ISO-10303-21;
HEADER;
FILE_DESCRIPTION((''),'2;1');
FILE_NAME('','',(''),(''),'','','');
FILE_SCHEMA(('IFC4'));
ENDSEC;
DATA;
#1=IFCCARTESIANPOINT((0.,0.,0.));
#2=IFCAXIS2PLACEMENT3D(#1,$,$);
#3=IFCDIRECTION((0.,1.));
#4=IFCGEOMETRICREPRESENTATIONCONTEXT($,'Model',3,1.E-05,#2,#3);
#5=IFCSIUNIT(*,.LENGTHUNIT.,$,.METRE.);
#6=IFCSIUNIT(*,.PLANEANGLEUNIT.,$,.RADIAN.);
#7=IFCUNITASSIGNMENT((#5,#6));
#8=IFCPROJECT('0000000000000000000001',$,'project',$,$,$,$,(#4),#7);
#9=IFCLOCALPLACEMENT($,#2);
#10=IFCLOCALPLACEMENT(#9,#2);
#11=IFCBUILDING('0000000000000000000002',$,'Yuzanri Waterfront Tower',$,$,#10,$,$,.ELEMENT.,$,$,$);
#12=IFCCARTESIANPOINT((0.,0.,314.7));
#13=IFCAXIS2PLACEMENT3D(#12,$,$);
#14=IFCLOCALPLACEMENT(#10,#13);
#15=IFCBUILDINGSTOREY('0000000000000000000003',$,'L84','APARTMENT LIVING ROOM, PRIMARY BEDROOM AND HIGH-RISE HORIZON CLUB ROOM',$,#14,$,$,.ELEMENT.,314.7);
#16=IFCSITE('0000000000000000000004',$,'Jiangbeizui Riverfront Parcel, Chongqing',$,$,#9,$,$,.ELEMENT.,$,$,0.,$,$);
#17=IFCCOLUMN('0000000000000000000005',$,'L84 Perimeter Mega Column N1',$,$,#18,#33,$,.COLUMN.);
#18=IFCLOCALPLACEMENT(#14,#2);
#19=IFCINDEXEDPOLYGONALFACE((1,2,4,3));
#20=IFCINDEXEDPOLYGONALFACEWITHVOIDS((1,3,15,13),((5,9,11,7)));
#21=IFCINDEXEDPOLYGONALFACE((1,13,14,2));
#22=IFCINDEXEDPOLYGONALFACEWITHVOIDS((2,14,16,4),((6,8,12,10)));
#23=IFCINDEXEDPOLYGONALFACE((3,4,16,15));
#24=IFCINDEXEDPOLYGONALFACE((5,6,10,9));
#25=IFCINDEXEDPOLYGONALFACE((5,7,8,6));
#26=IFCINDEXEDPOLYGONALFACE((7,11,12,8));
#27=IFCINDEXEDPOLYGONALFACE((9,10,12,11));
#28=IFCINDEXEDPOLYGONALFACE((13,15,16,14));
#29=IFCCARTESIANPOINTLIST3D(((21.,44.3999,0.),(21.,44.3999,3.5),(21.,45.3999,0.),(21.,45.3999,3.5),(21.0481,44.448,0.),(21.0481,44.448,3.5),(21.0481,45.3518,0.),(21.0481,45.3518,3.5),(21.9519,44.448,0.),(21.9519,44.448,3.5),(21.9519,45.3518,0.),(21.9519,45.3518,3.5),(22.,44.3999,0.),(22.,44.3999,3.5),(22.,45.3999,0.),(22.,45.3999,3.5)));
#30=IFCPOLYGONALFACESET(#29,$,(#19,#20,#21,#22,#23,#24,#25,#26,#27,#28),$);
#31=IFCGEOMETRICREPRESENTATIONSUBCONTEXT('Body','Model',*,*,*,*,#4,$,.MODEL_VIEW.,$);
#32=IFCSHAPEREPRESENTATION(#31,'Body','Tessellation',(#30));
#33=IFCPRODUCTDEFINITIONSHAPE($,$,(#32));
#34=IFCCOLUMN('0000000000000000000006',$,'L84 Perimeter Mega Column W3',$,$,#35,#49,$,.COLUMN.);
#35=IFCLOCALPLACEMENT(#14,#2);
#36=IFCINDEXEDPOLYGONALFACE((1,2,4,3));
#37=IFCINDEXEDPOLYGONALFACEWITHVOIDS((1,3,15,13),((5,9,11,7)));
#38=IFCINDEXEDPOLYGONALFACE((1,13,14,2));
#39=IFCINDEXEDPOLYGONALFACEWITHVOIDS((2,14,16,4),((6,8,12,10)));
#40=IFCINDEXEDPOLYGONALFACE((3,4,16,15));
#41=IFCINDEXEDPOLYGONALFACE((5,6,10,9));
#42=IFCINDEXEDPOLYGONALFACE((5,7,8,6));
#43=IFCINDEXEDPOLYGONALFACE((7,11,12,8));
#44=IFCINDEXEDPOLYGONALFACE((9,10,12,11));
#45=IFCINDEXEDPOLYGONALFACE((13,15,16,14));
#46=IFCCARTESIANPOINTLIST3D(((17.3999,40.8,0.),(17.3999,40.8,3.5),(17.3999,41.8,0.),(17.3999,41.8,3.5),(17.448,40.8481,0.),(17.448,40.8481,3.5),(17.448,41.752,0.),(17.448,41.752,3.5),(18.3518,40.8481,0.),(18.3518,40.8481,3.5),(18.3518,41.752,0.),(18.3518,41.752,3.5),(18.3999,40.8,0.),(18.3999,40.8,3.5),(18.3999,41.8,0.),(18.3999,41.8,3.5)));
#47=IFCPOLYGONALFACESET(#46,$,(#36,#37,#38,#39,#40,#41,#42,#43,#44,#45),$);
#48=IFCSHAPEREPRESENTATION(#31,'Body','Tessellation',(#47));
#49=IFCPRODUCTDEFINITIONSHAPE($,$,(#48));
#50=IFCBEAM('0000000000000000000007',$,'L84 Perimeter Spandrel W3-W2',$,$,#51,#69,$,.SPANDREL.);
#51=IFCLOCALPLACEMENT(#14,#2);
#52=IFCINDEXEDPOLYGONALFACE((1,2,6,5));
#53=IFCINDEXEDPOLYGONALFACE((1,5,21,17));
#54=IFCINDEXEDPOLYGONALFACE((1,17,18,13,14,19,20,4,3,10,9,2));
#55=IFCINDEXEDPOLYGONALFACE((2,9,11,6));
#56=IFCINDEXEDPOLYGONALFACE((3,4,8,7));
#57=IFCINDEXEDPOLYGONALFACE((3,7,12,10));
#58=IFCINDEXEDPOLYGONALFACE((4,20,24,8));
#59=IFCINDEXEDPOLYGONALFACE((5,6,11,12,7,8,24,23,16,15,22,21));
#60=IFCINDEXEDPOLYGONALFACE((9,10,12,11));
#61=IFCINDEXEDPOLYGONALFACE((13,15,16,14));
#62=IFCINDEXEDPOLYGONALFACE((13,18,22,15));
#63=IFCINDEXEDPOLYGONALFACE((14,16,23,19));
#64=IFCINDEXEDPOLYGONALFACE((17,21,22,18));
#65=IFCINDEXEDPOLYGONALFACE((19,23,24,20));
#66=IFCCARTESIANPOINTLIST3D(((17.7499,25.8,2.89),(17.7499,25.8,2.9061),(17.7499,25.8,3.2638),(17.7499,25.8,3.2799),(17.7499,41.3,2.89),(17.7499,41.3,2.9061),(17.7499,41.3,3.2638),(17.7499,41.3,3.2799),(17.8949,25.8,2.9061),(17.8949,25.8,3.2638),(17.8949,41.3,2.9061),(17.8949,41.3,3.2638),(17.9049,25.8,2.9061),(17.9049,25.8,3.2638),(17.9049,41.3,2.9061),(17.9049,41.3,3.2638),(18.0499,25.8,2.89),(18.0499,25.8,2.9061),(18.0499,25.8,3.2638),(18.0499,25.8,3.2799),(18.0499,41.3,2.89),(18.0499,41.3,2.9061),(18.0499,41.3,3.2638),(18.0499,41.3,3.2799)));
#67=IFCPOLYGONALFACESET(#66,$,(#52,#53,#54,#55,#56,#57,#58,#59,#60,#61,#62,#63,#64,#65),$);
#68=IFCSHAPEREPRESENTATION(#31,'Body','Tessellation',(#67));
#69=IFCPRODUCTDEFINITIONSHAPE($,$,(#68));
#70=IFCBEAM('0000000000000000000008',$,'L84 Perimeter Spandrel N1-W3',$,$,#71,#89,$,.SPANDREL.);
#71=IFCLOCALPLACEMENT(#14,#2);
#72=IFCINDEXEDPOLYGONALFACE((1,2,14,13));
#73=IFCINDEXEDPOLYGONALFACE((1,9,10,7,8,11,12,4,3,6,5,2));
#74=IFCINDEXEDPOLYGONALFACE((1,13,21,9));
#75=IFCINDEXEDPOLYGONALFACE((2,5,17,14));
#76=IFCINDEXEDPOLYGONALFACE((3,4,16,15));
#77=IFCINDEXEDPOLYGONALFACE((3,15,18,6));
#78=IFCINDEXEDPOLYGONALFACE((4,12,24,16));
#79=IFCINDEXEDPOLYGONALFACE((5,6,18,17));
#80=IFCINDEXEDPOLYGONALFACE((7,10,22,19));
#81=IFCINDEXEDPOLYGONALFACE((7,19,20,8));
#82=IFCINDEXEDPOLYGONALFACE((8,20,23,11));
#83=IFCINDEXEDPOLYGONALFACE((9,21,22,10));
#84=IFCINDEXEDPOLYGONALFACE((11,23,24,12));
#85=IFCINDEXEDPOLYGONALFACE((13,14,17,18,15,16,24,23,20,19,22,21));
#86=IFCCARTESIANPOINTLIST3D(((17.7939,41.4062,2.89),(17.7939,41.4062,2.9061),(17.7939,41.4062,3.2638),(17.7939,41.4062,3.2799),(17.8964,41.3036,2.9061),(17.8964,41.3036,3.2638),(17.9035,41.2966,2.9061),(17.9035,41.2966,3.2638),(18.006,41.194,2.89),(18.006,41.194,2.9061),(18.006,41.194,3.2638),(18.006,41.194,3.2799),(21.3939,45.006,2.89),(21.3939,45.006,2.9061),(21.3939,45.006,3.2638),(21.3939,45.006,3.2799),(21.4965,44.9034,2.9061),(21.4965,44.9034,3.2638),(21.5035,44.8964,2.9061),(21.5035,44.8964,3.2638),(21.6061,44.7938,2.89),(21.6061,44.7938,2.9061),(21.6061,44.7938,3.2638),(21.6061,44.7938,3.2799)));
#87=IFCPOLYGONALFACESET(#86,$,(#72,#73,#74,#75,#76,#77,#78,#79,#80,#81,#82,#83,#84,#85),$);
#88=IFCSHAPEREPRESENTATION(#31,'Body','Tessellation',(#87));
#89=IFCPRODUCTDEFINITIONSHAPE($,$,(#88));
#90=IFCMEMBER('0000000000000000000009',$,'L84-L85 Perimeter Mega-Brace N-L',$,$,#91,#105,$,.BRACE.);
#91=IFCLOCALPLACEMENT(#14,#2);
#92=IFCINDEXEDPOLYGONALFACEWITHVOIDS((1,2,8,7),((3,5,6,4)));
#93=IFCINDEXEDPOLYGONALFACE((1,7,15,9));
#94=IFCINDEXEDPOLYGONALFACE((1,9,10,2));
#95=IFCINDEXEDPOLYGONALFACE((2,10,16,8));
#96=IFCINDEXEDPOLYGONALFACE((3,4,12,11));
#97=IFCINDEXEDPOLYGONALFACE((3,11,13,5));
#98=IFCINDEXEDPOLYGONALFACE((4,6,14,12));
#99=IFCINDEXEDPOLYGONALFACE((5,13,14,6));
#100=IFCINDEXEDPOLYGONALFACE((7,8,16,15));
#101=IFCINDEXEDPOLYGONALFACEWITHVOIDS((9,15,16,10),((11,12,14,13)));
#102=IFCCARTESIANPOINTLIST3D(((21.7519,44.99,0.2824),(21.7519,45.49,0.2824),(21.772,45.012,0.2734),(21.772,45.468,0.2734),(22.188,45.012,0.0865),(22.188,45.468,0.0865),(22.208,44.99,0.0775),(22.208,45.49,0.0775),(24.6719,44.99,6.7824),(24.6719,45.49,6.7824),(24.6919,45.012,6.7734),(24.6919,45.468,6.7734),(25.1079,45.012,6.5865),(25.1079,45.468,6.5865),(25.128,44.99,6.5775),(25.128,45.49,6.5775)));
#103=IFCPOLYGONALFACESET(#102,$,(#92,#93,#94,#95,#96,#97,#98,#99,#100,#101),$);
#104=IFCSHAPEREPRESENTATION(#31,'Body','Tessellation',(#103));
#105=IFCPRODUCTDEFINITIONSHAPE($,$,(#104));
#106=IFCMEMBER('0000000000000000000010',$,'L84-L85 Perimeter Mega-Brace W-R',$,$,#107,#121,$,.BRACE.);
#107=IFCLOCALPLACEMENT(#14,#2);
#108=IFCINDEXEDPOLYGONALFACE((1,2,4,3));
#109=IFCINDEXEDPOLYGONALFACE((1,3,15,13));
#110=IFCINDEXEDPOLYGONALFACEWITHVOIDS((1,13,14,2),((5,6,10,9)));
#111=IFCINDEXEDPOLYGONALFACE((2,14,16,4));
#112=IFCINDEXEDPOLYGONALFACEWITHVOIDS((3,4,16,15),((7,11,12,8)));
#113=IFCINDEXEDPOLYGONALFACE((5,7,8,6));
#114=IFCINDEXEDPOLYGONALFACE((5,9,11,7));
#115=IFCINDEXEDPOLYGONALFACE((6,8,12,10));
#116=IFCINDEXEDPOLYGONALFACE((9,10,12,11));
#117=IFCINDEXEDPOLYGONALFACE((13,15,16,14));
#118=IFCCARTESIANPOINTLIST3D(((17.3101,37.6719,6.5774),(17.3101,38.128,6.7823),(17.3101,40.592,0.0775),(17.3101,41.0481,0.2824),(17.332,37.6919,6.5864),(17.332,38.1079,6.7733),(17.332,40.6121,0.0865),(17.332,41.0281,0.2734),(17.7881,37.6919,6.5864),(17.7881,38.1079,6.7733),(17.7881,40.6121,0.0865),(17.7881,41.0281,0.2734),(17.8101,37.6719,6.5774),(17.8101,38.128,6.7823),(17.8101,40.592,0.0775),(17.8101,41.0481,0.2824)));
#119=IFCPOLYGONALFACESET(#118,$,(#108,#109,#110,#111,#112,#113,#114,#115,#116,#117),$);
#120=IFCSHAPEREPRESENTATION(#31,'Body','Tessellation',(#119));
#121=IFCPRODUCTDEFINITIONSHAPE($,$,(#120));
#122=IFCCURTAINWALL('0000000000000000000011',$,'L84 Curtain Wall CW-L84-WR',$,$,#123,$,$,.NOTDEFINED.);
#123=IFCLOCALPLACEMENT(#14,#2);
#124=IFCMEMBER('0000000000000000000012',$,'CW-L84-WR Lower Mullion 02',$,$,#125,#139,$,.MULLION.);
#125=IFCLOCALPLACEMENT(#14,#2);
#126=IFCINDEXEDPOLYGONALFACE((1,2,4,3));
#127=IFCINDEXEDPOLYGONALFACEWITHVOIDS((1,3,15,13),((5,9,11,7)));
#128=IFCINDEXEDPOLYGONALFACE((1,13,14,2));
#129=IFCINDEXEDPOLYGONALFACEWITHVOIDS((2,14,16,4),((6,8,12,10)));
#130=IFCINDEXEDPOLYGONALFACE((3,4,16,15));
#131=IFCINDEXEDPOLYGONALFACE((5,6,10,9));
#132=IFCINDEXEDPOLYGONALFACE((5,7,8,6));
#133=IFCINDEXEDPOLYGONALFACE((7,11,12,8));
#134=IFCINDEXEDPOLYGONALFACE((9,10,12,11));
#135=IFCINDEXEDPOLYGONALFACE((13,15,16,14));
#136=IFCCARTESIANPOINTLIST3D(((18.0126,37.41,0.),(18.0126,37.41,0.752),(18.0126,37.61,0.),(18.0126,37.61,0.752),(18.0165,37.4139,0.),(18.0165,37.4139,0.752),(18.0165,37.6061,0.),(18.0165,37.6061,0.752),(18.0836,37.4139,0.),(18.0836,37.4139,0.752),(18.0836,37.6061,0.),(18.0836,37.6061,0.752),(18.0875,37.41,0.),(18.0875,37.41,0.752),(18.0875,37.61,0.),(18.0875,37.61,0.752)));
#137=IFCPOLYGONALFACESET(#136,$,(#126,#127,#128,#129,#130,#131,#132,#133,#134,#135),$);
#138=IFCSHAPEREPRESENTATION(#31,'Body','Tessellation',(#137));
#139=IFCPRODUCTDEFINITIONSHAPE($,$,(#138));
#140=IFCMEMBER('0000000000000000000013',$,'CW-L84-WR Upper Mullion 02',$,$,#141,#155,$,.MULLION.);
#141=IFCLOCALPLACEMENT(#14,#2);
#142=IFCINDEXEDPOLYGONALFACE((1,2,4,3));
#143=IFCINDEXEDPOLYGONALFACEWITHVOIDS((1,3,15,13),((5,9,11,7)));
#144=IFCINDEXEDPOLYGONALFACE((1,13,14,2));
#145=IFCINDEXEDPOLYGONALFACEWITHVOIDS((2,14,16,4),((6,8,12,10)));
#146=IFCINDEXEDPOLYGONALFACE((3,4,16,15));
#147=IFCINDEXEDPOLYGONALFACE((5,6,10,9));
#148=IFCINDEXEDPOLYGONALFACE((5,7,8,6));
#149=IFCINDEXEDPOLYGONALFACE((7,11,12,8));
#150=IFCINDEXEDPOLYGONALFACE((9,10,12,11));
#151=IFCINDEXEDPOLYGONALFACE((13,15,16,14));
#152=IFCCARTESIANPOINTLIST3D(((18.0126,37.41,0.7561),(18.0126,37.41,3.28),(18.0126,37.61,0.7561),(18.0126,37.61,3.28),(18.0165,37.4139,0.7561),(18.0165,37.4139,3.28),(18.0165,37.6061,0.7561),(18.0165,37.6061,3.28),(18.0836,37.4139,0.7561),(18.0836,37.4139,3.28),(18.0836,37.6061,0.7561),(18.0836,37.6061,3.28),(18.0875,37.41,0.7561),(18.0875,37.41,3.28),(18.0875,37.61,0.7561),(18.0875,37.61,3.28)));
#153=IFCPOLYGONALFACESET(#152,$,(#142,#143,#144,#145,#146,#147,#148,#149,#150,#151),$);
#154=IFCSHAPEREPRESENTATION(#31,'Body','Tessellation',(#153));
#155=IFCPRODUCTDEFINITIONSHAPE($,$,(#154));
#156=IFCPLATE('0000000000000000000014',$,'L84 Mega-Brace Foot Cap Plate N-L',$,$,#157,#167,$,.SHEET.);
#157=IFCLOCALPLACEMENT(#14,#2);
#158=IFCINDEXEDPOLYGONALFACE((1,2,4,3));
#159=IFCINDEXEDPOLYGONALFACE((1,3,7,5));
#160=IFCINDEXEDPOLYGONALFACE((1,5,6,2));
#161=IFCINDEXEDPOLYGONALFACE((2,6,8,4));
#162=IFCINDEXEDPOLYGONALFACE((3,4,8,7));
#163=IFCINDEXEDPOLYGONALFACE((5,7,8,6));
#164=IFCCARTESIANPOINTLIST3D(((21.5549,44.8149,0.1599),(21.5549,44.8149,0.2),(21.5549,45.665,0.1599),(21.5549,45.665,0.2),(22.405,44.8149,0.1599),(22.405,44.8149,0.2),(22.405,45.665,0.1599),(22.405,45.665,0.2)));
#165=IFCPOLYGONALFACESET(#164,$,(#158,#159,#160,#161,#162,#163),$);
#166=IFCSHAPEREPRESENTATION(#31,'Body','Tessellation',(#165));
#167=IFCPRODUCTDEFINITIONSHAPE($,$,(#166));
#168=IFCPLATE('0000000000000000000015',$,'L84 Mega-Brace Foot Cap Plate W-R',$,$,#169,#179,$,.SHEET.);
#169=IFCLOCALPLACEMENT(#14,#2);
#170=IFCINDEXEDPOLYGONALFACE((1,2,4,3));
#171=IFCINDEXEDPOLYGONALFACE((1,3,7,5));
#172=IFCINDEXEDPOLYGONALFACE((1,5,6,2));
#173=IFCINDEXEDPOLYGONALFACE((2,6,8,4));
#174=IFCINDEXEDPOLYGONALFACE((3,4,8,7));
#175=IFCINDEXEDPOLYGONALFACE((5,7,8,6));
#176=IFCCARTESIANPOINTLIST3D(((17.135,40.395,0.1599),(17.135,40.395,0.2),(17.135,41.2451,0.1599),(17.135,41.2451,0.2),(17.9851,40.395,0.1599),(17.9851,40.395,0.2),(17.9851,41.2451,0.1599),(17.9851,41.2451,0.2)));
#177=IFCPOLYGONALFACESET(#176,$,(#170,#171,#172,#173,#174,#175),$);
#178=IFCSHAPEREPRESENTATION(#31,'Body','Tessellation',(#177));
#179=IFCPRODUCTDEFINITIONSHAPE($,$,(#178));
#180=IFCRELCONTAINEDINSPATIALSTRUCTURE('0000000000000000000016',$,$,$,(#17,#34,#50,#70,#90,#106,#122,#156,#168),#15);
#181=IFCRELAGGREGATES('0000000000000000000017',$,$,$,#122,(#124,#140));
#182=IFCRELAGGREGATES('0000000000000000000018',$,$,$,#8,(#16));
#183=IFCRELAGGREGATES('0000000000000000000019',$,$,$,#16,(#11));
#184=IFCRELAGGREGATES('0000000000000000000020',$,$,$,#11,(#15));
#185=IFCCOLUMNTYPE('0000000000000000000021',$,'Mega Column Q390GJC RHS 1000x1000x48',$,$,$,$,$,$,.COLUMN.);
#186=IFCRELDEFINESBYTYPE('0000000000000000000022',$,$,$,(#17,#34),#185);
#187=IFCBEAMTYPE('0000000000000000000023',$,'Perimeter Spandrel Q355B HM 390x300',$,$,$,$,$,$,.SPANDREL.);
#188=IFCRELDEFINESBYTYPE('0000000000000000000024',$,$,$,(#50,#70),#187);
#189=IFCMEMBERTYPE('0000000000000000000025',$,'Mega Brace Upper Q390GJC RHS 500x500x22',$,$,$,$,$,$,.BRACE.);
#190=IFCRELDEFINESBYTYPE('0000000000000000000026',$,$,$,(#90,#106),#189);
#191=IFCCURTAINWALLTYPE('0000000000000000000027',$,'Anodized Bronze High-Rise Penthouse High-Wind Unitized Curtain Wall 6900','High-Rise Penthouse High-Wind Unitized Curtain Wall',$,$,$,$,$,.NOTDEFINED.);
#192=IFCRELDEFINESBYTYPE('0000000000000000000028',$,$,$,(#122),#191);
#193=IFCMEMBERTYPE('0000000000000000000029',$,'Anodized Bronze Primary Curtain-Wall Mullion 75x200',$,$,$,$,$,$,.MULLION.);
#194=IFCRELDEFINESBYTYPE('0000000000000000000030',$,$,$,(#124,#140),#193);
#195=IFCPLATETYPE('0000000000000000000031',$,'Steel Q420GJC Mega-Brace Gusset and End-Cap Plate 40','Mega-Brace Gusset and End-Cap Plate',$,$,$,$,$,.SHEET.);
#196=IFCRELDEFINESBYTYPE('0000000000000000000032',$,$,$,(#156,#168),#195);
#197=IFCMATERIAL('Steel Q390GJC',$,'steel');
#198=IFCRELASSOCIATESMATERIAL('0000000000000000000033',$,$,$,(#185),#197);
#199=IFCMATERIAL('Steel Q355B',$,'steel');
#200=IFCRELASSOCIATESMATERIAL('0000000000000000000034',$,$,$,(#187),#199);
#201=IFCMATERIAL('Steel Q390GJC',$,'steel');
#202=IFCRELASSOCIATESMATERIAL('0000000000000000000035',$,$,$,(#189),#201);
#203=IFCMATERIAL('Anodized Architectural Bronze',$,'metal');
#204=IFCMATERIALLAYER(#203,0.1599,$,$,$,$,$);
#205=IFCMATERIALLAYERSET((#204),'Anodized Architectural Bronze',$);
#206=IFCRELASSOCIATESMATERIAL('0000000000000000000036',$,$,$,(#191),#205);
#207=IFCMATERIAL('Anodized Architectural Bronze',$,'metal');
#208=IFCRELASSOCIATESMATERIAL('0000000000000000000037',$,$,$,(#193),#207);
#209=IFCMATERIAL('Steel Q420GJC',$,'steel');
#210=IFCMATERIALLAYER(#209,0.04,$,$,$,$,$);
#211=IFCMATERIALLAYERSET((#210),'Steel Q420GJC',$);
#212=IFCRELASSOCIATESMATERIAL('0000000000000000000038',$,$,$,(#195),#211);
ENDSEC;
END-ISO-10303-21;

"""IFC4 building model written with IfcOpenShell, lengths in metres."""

from ifc_helpers import new_model, si_unit, direction, frame, origin, origin_2d, place, context, subcontext, project, spatial, rectangle, hollow_rectangle, i_section, extrude, source, transform, mapped, material, layer, layer_set, material_profile, profile_set, type_object, element, aggregate, save


model = new_model("IFC4")

# Units and contexts
model_context = context("Model", 3, precision=1e-05, world=origin(), true_north=direction((0.0, 1.0)))
body_context = subcontext(model_context, "Body", "Model", "MODEL_VIEW")
ifc_project = project(units=[si_unit("LENGTHUNIT", "METRE"), si_unit("PLANEANGLEUNIT", "RADIAN")], contexts=[model_context])

# Site, building, storey
site_placement = place(None, origin())
site = spatial("IfcSite", under=ifc_project, at=site_placement, Name="Jiangbeizui Riverfront Parcel, Chongqing", CompositionType="ELEMENT", RefElevation=0.0)
building_placement = place(site_placement, origin())
building = spatial("IfcBuilding", under=site, at=building_placement, Name="Yuzanri Waterfront Tower", CompositionType="ELEMENT")
storey_placement = place(building_placement, frame((0.0, 0.0, 314.7)))
storey = spatial("IfcBuildingStorey", under=building, at=storey_placement, Name="L84", Description="APARTMENT LIVING ROOM, PRIMARY BEDROOM AND HIGH-RISE HORIZON CLUB ROOM", CompositionType="ELEMENT", Elevation=314.7)

# Columns
ifc_material_1 = material(Name="Steel Q390GJC", Category="steel")
ifc_material_profile_1 = material_profile(ifc_material_1, hollow_rectangle(XDim=1.0, YDim=1.0, WallThickness=0.0481, at=origin_2d()), Name="RHS 1000x1000x48")
ifc_profile_set_1 = profile_set([ifc_material_profile_1], Name="Steel Q390GJC")
column_type = type_object("IfcColumnType", Name="Mega Column Q390GJC RHS 1000x1000x48", PredefinedType="COLUMN", material=ifc_profile_set_1)
shared_shape_1 = source(origin(), body_context, "Body", "SweptSolid", [
    extrude(hollow_rectangle(XDim=1.0, YDim=1.0, WallThickness=0.0481, at=origin_2d()), origin(), (0.0, 0.0, 1.0), 3.5),
])
for number, where, z_axis, x_axis, name in (
    (1, (21.5, 44.8999, 0.0), (0.0, 0.0, 1.0), (1.0, 0.0, 0.0), "L84 Perimeter Mega Column N1"),
    (2, (17.8999, 41.3, 0.0), (0.0, 0.0, 1.0), (1.0, 0.0, 0.0), "L84 Perimeter Mega Column W3"),
):
    element("IfcColumn", number, at=place(storey_placement, frame(where, z_axis=z_axis, x_axis=x_axis)), inside=storey, type_object=column_type, Name=name, PredefinedType="COLUMN", context=body_context, shape_type="MappedRepresentation", body=[
        mapped(shared_shape_1, transform((0.0, 0.0, 0.0), scale=1.0)),
    ])

# Beams
ifc_material_2 = material(Name="Steel Q355B", Category="steel")
ifc_material_profile_2 = material_profile(ifc_material_2, i_section(OverallWidth=0.3, OverallDepth=0.3899, WebThickness=0.01, FlangeThickness=0.0161, at=origin_2d()), Name="HM 390x300x10x16")
ifc_profile_set_2 = profile_set([ifc_material_profile_2], Name="Steel Q355B")
beam_type = type_object("IfcBeamType", Name="Perimeter Spandrel Q355B HM 390x300", PredefinedType="SPANDREL", material=ifc_profile_set_2)
shared_shape_2 = source(origin(), body_context, "Body", "SweptSolid", [
    extrude(i_section(OverallWidth=0.3, OverallDepth=0.3899, WebThickness=0.01, FlangeThickness=0.0161, at=origin_2d()), origin(), (0.0, 0.0, 1.0), 15.5),
])
beam_1_placement = place(storey_placement, frame((17.8999, 41.3, 3.085), z_axis=(0.0, -1.0, 0.0), x_axis=(1.0, 0.0, 0.0)))
element("IfcBeam", 3, at=beam_1_placement, inside=storey, type_object=beam_type, Name="L84 Perimeter Spandrel W3-W2", PredefinedType="SPANDREL", context=body_context, shape_type="MappedRepresentation", body=[
    mapped(shared_shape_2, transform((0.0, 0.0, 0.0), scale=1.0)),
])
shared_shape_3 = source(origin(), body_context, "Body", "SweptSolid", [
    extrude(i_section(OverallWidth=0.3, OverallDepth=0.3899, WebThickness=0.01, FlangeThickness=0.0161, at=origin_2d()), origin(), (0.0, 0.0, 1.0), 5.0911),
])
beam_2_placement = place(storey_placement, frame((21.5, 44.8999, 3.085), z_axis=(-0.707131, -0.707083, 0.0), x_axis=(0.707083, -0.707131, 0.0)))
element("IfcBeam", 4, at=beam_2_placement, inside=storey, type_object=beam_type, Name="L84 Perimeter Spandrel N1-W3", PredefinedType="SPANDREL", context=body_context, shape_type="MappedRepresentation", body=[
    mapped(shared_shape_3, transform((0.0, 0.0, 0.0), scale=1.0)),
])

# Members
ifc_material_3 = material(Name="Steel Q390GJC", Category="steel")
ifc_material_profile_3 = material_profile(ifc_material_3, hollow_rectangle(XDim=0.5, YDim=0.5, WallThickness=0.022, at=origin_2d()), Name="RHS 500x500x22")
ifc_profile_set_3 = profile_set([ifc_material_profile_3], Name="Steel Q390GJC")
member_type_1 = type_object("IfcMemberType", Name="Mega Brace Upper Q390GJC RHS 500x500x22", PredefinedType="BRACE", material=ifc_profile_set_3)
shared_shape_4 = source(origin(), body_context, "Body", "SweptSolid", [
    extrude(hollow_rectangle(XDim=0.5, YDim=0.5, WallThickness=0.022, at=origin_2d()), origin(), (0.0, 0.0, 1.0), 7.1257),
])
for number, where, z_axis, x_axis, name in (
    (5, (21.98, 45.24, 0.1799), (0.409772, 0.0, 0.912188), (0.0, 1.0, 0.0), "L84-L85 Perimeter Mega-Brace N-L"),
    (6, (17.5601, 40.8201, 0.1799), (0.0, -0.4098, 0.912175), (1.0, 0.0, 0.0), "L84-L85 Perimeter Mega-Brace W-R"),
):
    element("IfcMember", number, at=place(storey_placement, frame(where, z_axis=z_axis, x_axis=x_axis)), inside=storey, type_object=member_type_1, Name=name, PredefinedType="BRACE", context=body_context, shape_type="MappedRepresentation", body=[
        mapped(shared_shape_4, transform((0.0, 0.0, 0.0), scale=1.0)),
    ])

# Curtain wall, members
ifc_material_4 = material(Name="Anodized Architectural Bronze", Category="metal")
ifc_layer_1 = layer(ifc_material_4, 0.1599)
ifc_layer_set_1 = layer_set([ifc_layer_1], Name="Anodized Architectural Bronze")
curtain_wall_type = type_object("IfcCurtainWallType", Name="Anodized Bronze High-Rise Penthouse High-Wind Unitized Curtain Wall 6900", Description="High-Rise Penthouse High-Wind Unitized Curtain Wall", PredefinedType="NOTDEFINED", material=ifc_layer_set_1)
curtain_wall_placement = place(storey_placement, origin())
curtain_wall = element("IfcCurtainWall", 7, at=curtain_wall_placement, inside=storey, type_object=curtain_wall_type, Name="L84 Curtain Wall CW-L84-WR", PredefinedType="NOTDEFINED")
ifc_material_5 = material(Name="Anodized Architectural Bronze", Category="metal")
ifc_material_profile_4 = material_profile(ifc_material_5, hollow_rectangle(XDim=0.075, YDim=0.2, WallThickness=0.0039, at=origin_2d()), Name="CWM 75x200")
ifc_profile_set_4 = profile_set([ifc_material_profile_4], Name="Anodized Architectural Bronze")
member_type_2 = type_object("IfcMemberType", Name="Anodized Bronze Primary Curtain-Wall Mullion 75x200", PredefinedType="MULLION", material=ifc_profile_set_4)
shared_shape_5 = source(origin(), body_context, "Body", "SweptSolid", [
    extrude(hollow_rectangle(XDim=0.075, YDim=0.2, WallThickness=0.0039, at=origin_2d()), origin(), (0.0, 0.0, 1.0), 0.752),
])
member_1_placement = place(storey_placement, frame((18.05, 37.51, 0.0), z_axis=(0.0, 0.0, 1.0), x_axis=(1.0, 0.0, 0.0)))
member_1 = element("IfcMember", 8, at=member_1_placement, type_object=member_type_2, Name="CW-L84-WR Lower Mullion 02", PredefinedType="MULLION", context=body_context, shape_type="MappedRepresentation", body=[
    mapped(shared_shape_5, transform((0.0, 0.0, 0.0), scale=1.0)),
])
shared_shape_6 = source(origin(), body_context, "Body", "SweptSolid", [
    extrude(hollow_rectangle(XDim=0.075, YDim=0.2, WallThickness=0.0039, at=origin_2d()), origin(), (0.0, 0.0, 1.0), 2.5239),
])
member_2_placement = place(storey_placement, frame((18.05, 37.51, 0.7561), z_axis=(0.0, 0.0, 1.0), x_axis=(1.0, 0.0, 0.0)))
member_2 = element("IfcMember", 9, at=member_2_placement, type_object=member_type_2, Name="CW-L84-WR Upper Mullion 02", PredefinedType="MULLION", context=body_context, shape_type="MappedRepresentation", body=[
    mapped(shared_shape_6, transform((0.0, 0.0, 0.0), scale=1.0)),
])

# Plates
ifc_material_6 = material(Name="Steel Q420GJC", Category="steel")
ifc_layer_2 = layer(ifc_material_6, 0.04)
ifc_layer_set_2 = layer_set([ifc_layer_2], Name="Steel Q420GJC")
plate_type_1 = type_object("IfcPlateType", Name="Steel Q420GJC Mega-Brace Gusset and End-Cap Plate 40", Description="Mega-Brace Gusset and End-Cap Plate", PredefinedType="SHEET", material=ifc_layer_set_2)
shared_shape_7 = source(origin(), body_context, "Body", "SweptSolid", [
    extrude(rectangle(XDim=0.8501, YDim=0.8501, at=origin_2d()), origin(), (0.0, 0.0, 1.0), 0.04),
])
for number, where, z_axis, x_axis, name in (
    (10, (21.98, 45.24, 0.1599), (0.0, 0.0, 1.0), (1.0, 0.0, 0.0), "L84 Mega-Brace Foot Cap Plate N-L"),
    (11, (17.5601, 40.8201, 0.1599), (0.0, 0.0, 1.0), (1.0, 0.0, 0.0), "L84 Mega-Brace Foot Cap Plate W-R"),
):
    element("IfcPlate", number, at=place(storey_placement, frame(where, z_axis=z_axis, x_axis=x_axis)), inside=storey, type_object=plate_type_1, Name=name, PredefinedType="SHEET", context=body_context, shape_type="MappedRepresentation", body=[
        mapped(shared_shape_7, transform((0.0, 0.0, 0.0), scale=1.0)),
    ])

aggregate(curtain_wall, [member_1, member_2])

save(model, "model.ifc")
